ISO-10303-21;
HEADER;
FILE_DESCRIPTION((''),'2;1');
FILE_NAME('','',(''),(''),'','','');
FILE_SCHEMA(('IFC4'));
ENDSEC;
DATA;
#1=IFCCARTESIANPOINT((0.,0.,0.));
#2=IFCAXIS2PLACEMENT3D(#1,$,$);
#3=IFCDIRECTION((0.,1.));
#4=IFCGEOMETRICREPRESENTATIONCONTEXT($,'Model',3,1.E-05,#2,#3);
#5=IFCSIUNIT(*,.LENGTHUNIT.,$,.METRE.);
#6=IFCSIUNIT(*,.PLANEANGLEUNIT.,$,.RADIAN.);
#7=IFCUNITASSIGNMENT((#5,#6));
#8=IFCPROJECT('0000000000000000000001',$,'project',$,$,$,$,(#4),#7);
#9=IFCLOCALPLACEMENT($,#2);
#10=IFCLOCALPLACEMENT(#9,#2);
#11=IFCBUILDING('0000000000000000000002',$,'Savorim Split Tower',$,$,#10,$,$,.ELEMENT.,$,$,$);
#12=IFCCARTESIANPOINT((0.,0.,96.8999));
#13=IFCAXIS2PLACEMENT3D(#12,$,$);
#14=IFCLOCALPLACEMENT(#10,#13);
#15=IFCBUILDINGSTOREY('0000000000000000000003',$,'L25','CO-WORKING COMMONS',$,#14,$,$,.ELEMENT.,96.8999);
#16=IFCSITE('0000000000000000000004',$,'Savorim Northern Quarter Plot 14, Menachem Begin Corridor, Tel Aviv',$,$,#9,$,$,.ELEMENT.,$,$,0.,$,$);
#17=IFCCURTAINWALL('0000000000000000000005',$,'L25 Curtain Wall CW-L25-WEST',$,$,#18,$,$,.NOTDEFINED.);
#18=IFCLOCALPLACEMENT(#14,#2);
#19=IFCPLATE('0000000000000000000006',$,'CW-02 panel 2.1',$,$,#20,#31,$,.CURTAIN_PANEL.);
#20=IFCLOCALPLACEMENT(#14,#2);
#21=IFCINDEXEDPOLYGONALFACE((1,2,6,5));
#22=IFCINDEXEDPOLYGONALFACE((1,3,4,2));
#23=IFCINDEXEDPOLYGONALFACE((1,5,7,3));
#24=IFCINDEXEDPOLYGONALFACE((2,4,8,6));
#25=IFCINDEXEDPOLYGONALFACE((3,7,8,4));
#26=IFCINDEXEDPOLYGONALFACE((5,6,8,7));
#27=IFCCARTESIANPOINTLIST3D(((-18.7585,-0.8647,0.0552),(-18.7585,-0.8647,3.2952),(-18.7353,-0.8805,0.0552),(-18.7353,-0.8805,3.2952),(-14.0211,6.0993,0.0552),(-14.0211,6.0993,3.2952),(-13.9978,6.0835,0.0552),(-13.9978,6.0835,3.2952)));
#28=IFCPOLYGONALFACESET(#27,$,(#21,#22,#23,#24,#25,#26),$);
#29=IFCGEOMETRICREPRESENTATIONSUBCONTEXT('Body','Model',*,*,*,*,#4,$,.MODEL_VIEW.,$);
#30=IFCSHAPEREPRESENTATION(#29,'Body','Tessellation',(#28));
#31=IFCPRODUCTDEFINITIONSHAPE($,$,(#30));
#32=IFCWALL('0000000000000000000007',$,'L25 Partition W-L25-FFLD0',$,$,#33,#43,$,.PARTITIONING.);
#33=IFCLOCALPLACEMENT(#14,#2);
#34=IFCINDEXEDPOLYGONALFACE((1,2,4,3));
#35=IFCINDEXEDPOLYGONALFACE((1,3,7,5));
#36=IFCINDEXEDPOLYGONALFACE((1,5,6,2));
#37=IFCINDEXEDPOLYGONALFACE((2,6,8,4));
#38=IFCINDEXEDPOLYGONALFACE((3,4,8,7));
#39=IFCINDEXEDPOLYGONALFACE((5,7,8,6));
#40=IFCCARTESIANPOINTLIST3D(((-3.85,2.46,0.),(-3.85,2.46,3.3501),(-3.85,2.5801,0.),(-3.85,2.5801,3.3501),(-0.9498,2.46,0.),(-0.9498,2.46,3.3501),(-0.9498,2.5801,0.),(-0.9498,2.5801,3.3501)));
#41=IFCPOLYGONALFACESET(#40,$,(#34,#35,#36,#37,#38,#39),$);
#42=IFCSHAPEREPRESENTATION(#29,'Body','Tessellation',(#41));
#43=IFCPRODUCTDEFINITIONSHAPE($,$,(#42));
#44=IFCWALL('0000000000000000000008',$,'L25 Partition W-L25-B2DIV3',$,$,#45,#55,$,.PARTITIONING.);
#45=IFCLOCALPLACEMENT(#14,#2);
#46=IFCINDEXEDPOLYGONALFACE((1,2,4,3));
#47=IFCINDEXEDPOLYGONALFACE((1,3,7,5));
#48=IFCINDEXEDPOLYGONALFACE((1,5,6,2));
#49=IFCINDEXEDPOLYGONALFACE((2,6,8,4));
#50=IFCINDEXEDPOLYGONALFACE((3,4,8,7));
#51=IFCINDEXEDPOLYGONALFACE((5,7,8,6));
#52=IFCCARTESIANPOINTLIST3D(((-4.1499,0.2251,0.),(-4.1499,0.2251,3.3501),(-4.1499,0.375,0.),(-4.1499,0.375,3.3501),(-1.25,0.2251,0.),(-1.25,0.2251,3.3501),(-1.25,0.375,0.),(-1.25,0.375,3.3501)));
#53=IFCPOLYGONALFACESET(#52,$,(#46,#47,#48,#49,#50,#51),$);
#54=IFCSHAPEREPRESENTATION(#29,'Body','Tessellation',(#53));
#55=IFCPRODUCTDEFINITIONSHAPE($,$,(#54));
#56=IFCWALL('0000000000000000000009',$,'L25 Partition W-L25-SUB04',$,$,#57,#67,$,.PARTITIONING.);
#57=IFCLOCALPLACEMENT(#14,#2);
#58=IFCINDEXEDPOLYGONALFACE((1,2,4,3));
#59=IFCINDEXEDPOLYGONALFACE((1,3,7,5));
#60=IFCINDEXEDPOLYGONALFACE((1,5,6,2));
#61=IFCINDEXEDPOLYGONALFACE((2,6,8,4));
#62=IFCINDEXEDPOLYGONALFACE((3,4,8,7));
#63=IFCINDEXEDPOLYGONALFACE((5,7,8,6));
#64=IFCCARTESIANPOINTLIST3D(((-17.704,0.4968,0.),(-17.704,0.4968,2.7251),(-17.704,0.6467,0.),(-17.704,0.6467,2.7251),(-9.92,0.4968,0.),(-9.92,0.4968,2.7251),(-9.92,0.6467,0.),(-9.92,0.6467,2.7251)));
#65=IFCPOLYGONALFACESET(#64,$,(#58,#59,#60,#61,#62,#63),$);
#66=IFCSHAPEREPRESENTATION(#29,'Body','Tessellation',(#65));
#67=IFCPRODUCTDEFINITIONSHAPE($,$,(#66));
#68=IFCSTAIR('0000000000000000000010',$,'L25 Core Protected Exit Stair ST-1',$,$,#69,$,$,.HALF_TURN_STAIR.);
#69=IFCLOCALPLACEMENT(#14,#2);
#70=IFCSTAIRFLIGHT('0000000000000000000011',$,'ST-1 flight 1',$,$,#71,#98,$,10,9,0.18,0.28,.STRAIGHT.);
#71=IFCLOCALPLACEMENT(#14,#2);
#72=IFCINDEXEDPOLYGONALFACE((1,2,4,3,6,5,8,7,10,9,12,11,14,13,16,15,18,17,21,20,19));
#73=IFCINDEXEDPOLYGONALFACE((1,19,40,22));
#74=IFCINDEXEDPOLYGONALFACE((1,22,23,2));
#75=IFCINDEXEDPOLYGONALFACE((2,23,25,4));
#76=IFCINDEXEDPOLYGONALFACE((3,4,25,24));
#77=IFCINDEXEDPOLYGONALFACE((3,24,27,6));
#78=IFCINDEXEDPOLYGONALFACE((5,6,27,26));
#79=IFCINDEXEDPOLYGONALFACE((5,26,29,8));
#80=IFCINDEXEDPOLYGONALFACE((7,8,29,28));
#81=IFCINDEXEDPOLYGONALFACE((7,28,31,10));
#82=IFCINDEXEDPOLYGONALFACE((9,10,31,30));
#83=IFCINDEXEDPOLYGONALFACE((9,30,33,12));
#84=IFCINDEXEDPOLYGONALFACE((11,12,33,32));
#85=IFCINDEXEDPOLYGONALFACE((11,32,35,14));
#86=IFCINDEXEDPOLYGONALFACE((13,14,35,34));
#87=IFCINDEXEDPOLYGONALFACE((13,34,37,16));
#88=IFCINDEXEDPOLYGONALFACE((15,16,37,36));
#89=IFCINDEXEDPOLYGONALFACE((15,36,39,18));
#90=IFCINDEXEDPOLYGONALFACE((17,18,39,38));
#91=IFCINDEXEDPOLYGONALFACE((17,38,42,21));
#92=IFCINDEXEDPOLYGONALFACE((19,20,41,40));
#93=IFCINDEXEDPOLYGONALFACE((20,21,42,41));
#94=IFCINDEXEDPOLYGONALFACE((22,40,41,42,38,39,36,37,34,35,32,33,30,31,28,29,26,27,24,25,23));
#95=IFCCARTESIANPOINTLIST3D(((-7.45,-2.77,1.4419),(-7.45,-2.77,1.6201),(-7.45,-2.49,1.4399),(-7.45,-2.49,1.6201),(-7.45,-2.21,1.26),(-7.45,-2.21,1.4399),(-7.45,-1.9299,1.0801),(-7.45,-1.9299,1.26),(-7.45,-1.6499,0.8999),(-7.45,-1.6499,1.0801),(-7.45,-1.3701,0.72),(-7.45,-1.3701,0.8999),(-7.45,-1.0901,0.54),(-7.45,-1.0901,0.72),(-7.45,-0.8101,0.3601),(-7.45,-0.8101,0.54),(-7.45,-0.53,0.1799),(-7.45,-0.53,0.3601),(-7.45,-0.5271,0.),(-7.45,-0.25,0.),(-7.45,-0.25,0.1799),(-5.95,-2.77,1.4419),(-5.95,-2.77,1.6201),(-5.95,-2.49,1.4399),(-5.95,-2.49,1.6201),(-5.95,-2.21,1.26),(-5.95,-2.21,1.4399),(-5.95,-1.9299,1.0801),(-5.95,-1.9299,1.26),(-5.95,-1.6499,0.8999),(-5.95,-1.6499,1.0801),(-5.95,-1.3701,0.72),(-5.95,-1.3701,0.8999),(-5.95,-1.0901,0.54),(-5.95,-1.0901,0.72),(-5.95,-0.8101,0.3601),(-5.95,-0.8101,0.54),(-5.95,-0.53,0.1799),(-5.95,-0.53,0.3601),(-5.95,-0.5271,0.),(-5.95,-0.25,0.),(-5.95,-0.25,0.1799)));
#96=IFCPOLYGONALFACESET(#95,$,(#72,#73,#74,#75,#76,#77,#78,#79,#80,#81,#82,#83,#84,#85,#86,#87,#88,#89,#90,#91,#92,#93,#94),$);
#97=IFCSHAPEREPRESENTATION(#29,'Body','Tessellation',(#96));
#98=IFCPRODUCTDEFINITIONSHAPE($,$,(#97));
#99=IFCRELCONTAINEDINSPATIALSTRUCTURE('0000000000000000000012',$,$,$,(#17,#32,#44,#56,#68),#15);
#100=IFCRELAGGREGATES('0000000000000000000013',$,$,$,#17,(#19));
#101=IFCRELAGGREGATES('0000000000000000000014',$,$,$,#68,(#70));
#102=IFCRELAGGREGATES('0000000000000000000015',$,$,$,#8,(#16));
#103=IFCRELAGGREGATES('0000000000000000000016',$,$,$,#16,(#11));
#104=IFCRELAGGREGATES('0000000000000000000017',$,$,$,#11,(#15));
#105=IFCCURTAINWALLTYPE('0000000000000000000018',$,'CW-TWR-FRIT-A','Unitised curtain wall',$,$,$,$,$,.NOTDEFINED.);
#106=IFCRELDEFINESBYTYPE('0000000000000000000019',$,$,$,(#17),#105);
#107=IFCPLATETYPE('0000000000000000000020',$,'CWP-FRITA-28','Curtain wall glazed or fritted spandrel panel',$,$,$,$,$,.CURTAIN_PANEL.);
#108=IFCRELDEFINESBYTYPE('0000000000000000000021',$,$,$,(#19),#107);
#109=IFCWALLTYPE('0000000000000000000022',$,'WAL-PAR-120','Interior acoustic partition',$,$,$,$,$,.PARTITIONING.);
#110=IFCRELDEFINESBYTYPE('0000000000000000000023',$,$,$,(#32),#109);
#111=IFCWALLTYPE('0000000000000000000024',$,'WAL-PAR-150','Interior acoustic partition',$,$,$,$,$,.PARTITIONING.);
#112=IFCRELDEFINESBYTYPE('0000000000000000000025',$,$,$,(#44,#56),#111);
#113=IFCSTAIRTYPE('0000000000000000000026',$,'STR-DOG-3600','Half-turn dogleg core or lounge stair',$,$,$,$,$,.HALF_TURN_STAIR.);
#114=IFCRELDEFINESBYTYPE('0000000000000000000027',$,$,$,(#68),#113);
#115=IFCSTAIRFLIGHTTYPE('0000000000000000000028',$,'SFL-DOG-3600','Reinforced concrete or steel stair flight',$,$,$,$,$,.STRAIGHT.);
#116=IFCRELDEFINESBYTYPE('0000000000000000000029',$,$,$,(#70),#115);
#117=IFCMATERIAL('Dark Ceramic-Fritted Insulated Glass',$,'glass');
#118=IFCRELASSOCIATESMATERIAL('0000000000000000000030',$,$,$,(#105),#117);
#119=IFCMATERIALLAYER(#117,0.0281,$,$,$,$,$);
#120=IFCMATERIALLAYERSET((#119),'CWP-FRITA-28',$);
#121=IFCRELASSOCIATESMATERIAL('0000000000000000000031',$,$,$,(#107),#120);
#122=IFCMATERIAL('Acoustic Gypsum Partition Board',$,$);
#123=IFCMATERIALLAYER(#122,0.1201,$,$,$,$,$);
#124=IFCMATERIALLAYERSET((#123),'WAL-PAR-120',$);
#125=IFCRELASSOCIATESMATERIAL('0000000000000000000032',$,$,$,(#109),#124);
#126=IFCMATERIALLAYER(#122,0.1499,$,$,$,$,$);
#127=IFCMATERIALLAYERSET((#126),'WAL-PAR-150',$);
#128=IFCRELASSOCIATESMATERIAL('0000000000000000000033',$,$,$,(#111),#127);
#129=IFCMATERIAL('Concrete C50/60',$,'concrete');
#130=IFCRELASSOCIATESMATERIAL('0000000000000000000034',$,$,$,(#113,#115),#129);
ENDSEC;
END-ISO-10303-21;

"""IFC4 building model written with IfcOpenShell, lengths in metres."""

from ifc_helpers import new_model, si_unit, direction, frame, frame_2d, origin, origin_2d, place, context, subcontext, project, spatial, polyline, rectangle, outline, extrude, material, layer, layer_set, type_object, element, aggregate, save


model = new_model("IFC4")

# Units and contexts
model_context = context("Model", 3, precision=1e-05, world=origin(), true_north=direction((0.0, 1.0)))
body_context = subcontext(model_context, "Body", "Model", "MODEL_VIEW")
ifc_project = project(units=[si_unit("LENGTHUNIT", "METRE"), si_unit("PLANEANGLEUNIT", "RADIAN")], contexts=[model_context])

# Site, building, storey
site_placement = place(None, origin())
site = spatial("IfcSite", under=ifc_project, at=site_placement, Name="Savorim Northern Quarter Plot 14, Menachem Begin Corridor, Tel Aviv", CompositionType="ELEMENT", RefElevation=0.0)
building_placement = place(site_placement, origin())
building = spatial("IfcBuilding", under=site, at=building_placement, Name="Savorim Split Tower", CompositionType="ELEMENT")
storey_placement = place(building_placement, frame((0.0, 0.0, 96.8999)))
storey = spatial("IfcBuildingStorey", under=building, at=storey_placement, Name="L25", Description="CO-WORKING COMMONS", CompositionType="ELEMENT", Elevation=96.8999)

# Curtain wall, plate
ifc_material_1 = material(Name="Dark Ceramic-Fritted Insulated Glass", Category="glass")
curtain_wall_type = type_object("IfcCurtainWallType", Name="CW-TWR-FRIT-A", Description="Unitised curtain wall", PredefinedType="NOTDEFINED", material=ifc_material_1)
curtain_wall_placement = place(storey_placement, origin())
curtain_wall = element("IfcCurtainWall", 1, at=curtain_wall_placement, inside=storey, type_object=curtain_wall_type, Name="L25 Curtain Wall CW-L25-WEST", PredefinedType="NOTDEFINED")
ifc_layer_1 = layer(ifc_material_1, 0.0281)
ifc_layer_set_1 = layer_set([ifc_layer_1], Name="CWP-FRITA-28")
plate_type = type_object("IfcPlateType", Name="CWP-FRITA-28", Description="Curtain wall glazed or fritted spandrel panel", PredefinedType="CURTAIN_PANEL", material=ifc_layer_set_1)
plate_placement = place(storey_placement, frame((-16.3782, 2.6094, 0.0552), z_axis=(0.0, 0.0, 1.0), x_axis=(-0.562468, -0.826819, 0.0)))
plate = element("IfcPlate", 2, at=plate_placement, type_object=plate_type, Name="CW-02 panel 2.1", PredefinedType="CURTAIN_PANEL", context=body_context, shape_type="SweptSolid", body=[
    extrude(rectangle(XDim=8.4226, YDim=0.0281, at=origin_2d()), origin(), (0.0, 0.0, 1.0), 3.24),
])
aggregate(curtain_wall, [plate])

# Shared definitions
ifc_material_2 = material(Name="Concrete C50/60", Category="concrete")

# Walls
ifc_material_3 = material(Name="Acoustic Gypsum Partition Board")
ifc_layer_2 = layer(ifc_material_3, 0.1201)
ifc_layer_set_2 = layer_set([ifc_layer_2], Name="WAL-PAR-120")
wall_type_1 = type_object("IfcWallType", Name="WAL-PAR-120", Description="Interior acoustic partition", PredefinedType="PARTITIONING", material=ifc_layer_set_2)
wall_1_placement = place(storey_placement, frame((-3.8501, 2.52, 0.0), z_axis=(0.0, 0.0, 1.0), x_axis=(1.0, 0.0, 0.0)))
element("IfcWall", 3, at=wall_1_placement, inside=storey, type_object=wall_type_1, Name="L25 Partition W-L25-FFLD0", PredefinedType="PARTITIONING", context=body_context, shape_type="SweptSolid", body=[
    extrude(rectangle(XDim=2.9001, YDim=0.1201, at=frame_2d((1.4502, 0.0))), origin(), (0.0, 0.0, 1.0), 3.3501),
])
ifc_layer_3 = layer(ifc_material_3, 0.1499)
ifc_layer_set_3 = layer_set([ifc_layer_3], Name="WAL-PAR-150")
wall_type_2 = type_object("IfcWallType", Name="WAL-PAR-150", Description="Interior acoustic partition", PredefinedType="PARTITIONING", material=ifc_layer_set_3)
wall_2_placement = place(storey_placement, frame((-4.1499, 0.3, 0.0), z_axis=(0.0, 0.0, 1.0), x_axis=(1.0, 0.0, 0.0)))
element("IfcWall", 4, at=wall_2_placement, inside=storey, type_object=wall_type_2, Name="L25 Partition W-L25-B2DIV3", PredefinedType="PARTITIONING", context=body_context, shape_type="SweptSolid", body=[
    extrude(rectangle(XDim=2.8999, YDim=0.1499, at=frame_2d((1.45, 0.0))), origin(), (0.0, 0.0, 1.0), 3.3501),
])
wall_3_placement = place(storey_placement, frame((-9.9199, 0.5718, 0.0), z_axis=(0.0, 0.0, 1.0), x_axis=(-1.0, 0.0, 0.0)))
element("IfcWall", 5, at=wall_3_placement, inside=storey, type_object=wall_type_2, Name="L25 Partition W-L25-SUB04", PredefinedType="PARTITIONING", context=body_context, shape_type="SweptSolid", body=[
    extrude(rectangle(XDim=7.7839, YDim=0.1499, at=frame_2d((3.8921, 0.0))), origin(), (0.0, 0.0, 1.0), 2.7251),
])

# Stair, stair flight
stair_type = type_object("IfcStairType", Name="STR-DOG-3600", Description="Half-turn dogleg core or lounge stair", PredefinedType="HALF_TURN_STAIR", material=ifc_material_2)
stair_placement = place(storey_placement, origin())
stair = element("IfcStair", 6, at=stair_placement, inside=storey, type_object=stair_type, Name="L25 Core Protected Exit Stair ST-1", PredefinedType="HALF_TURN_STAIR")
stair_flight_type = type_object("IfcStairFlightType", Name="SFL-DOG-3600", Description="Reinforced concrete or steel stair flight", PredefinedType="STRAIGHT", material=ifc_material_2)
stair_flight_placement = place(storey_placement, frame((-6.7, -0.25, 0.0), z_axis=(0.0, 0.0, 1.0), x_axis=(0.0, -1.0, 0.0)))
stair_flight = element("IfcStairFlight", 7, at=stair_flight_placement, type_object=stair_flight_type, Name="ST-1 flight 1", NumberOfRisers=10, NumberOfTreads=9, PredefinedType="STRAIGHT", RiserHeight=0.18, TreadLength=0.28, context=body_context, shape_type="SweptSolid", body=[
    extrude(outline(polyline([(0.0, 0.0), (0.0, 0.1799), (0.28, 0.1799), (0.28, 0.3601), (0.5601, 0.3601), (0.5601, 0.54), (0.8401, 0.54), (0.8401, 0.72), (1.1201, 0.72), (1.1201, 0.8999), (1.3999, 0.8999), (1.3999, 1.0801), (1.6799, 1.0801), (1.6799, 1.26), (1.96, 1.26), (1.96, 1.4399), (2.24, 1.4399), (2.24, 1.6201), (2.52, 1.6201), (2.52, 1.8), (2.52, 1.4419), (0.2771, 0.0), (0.0, 0.0)])), frame((0.0, 0.75, 0.0), z_axis=(0.0, -1.0, 0.0), x_axis=(1.0, 0.0, 0.0)), (0.0, 0.0, 1.0), 1.5),
])
aggregate(stair, [stair_flight])

save(model, "model.ifc")
